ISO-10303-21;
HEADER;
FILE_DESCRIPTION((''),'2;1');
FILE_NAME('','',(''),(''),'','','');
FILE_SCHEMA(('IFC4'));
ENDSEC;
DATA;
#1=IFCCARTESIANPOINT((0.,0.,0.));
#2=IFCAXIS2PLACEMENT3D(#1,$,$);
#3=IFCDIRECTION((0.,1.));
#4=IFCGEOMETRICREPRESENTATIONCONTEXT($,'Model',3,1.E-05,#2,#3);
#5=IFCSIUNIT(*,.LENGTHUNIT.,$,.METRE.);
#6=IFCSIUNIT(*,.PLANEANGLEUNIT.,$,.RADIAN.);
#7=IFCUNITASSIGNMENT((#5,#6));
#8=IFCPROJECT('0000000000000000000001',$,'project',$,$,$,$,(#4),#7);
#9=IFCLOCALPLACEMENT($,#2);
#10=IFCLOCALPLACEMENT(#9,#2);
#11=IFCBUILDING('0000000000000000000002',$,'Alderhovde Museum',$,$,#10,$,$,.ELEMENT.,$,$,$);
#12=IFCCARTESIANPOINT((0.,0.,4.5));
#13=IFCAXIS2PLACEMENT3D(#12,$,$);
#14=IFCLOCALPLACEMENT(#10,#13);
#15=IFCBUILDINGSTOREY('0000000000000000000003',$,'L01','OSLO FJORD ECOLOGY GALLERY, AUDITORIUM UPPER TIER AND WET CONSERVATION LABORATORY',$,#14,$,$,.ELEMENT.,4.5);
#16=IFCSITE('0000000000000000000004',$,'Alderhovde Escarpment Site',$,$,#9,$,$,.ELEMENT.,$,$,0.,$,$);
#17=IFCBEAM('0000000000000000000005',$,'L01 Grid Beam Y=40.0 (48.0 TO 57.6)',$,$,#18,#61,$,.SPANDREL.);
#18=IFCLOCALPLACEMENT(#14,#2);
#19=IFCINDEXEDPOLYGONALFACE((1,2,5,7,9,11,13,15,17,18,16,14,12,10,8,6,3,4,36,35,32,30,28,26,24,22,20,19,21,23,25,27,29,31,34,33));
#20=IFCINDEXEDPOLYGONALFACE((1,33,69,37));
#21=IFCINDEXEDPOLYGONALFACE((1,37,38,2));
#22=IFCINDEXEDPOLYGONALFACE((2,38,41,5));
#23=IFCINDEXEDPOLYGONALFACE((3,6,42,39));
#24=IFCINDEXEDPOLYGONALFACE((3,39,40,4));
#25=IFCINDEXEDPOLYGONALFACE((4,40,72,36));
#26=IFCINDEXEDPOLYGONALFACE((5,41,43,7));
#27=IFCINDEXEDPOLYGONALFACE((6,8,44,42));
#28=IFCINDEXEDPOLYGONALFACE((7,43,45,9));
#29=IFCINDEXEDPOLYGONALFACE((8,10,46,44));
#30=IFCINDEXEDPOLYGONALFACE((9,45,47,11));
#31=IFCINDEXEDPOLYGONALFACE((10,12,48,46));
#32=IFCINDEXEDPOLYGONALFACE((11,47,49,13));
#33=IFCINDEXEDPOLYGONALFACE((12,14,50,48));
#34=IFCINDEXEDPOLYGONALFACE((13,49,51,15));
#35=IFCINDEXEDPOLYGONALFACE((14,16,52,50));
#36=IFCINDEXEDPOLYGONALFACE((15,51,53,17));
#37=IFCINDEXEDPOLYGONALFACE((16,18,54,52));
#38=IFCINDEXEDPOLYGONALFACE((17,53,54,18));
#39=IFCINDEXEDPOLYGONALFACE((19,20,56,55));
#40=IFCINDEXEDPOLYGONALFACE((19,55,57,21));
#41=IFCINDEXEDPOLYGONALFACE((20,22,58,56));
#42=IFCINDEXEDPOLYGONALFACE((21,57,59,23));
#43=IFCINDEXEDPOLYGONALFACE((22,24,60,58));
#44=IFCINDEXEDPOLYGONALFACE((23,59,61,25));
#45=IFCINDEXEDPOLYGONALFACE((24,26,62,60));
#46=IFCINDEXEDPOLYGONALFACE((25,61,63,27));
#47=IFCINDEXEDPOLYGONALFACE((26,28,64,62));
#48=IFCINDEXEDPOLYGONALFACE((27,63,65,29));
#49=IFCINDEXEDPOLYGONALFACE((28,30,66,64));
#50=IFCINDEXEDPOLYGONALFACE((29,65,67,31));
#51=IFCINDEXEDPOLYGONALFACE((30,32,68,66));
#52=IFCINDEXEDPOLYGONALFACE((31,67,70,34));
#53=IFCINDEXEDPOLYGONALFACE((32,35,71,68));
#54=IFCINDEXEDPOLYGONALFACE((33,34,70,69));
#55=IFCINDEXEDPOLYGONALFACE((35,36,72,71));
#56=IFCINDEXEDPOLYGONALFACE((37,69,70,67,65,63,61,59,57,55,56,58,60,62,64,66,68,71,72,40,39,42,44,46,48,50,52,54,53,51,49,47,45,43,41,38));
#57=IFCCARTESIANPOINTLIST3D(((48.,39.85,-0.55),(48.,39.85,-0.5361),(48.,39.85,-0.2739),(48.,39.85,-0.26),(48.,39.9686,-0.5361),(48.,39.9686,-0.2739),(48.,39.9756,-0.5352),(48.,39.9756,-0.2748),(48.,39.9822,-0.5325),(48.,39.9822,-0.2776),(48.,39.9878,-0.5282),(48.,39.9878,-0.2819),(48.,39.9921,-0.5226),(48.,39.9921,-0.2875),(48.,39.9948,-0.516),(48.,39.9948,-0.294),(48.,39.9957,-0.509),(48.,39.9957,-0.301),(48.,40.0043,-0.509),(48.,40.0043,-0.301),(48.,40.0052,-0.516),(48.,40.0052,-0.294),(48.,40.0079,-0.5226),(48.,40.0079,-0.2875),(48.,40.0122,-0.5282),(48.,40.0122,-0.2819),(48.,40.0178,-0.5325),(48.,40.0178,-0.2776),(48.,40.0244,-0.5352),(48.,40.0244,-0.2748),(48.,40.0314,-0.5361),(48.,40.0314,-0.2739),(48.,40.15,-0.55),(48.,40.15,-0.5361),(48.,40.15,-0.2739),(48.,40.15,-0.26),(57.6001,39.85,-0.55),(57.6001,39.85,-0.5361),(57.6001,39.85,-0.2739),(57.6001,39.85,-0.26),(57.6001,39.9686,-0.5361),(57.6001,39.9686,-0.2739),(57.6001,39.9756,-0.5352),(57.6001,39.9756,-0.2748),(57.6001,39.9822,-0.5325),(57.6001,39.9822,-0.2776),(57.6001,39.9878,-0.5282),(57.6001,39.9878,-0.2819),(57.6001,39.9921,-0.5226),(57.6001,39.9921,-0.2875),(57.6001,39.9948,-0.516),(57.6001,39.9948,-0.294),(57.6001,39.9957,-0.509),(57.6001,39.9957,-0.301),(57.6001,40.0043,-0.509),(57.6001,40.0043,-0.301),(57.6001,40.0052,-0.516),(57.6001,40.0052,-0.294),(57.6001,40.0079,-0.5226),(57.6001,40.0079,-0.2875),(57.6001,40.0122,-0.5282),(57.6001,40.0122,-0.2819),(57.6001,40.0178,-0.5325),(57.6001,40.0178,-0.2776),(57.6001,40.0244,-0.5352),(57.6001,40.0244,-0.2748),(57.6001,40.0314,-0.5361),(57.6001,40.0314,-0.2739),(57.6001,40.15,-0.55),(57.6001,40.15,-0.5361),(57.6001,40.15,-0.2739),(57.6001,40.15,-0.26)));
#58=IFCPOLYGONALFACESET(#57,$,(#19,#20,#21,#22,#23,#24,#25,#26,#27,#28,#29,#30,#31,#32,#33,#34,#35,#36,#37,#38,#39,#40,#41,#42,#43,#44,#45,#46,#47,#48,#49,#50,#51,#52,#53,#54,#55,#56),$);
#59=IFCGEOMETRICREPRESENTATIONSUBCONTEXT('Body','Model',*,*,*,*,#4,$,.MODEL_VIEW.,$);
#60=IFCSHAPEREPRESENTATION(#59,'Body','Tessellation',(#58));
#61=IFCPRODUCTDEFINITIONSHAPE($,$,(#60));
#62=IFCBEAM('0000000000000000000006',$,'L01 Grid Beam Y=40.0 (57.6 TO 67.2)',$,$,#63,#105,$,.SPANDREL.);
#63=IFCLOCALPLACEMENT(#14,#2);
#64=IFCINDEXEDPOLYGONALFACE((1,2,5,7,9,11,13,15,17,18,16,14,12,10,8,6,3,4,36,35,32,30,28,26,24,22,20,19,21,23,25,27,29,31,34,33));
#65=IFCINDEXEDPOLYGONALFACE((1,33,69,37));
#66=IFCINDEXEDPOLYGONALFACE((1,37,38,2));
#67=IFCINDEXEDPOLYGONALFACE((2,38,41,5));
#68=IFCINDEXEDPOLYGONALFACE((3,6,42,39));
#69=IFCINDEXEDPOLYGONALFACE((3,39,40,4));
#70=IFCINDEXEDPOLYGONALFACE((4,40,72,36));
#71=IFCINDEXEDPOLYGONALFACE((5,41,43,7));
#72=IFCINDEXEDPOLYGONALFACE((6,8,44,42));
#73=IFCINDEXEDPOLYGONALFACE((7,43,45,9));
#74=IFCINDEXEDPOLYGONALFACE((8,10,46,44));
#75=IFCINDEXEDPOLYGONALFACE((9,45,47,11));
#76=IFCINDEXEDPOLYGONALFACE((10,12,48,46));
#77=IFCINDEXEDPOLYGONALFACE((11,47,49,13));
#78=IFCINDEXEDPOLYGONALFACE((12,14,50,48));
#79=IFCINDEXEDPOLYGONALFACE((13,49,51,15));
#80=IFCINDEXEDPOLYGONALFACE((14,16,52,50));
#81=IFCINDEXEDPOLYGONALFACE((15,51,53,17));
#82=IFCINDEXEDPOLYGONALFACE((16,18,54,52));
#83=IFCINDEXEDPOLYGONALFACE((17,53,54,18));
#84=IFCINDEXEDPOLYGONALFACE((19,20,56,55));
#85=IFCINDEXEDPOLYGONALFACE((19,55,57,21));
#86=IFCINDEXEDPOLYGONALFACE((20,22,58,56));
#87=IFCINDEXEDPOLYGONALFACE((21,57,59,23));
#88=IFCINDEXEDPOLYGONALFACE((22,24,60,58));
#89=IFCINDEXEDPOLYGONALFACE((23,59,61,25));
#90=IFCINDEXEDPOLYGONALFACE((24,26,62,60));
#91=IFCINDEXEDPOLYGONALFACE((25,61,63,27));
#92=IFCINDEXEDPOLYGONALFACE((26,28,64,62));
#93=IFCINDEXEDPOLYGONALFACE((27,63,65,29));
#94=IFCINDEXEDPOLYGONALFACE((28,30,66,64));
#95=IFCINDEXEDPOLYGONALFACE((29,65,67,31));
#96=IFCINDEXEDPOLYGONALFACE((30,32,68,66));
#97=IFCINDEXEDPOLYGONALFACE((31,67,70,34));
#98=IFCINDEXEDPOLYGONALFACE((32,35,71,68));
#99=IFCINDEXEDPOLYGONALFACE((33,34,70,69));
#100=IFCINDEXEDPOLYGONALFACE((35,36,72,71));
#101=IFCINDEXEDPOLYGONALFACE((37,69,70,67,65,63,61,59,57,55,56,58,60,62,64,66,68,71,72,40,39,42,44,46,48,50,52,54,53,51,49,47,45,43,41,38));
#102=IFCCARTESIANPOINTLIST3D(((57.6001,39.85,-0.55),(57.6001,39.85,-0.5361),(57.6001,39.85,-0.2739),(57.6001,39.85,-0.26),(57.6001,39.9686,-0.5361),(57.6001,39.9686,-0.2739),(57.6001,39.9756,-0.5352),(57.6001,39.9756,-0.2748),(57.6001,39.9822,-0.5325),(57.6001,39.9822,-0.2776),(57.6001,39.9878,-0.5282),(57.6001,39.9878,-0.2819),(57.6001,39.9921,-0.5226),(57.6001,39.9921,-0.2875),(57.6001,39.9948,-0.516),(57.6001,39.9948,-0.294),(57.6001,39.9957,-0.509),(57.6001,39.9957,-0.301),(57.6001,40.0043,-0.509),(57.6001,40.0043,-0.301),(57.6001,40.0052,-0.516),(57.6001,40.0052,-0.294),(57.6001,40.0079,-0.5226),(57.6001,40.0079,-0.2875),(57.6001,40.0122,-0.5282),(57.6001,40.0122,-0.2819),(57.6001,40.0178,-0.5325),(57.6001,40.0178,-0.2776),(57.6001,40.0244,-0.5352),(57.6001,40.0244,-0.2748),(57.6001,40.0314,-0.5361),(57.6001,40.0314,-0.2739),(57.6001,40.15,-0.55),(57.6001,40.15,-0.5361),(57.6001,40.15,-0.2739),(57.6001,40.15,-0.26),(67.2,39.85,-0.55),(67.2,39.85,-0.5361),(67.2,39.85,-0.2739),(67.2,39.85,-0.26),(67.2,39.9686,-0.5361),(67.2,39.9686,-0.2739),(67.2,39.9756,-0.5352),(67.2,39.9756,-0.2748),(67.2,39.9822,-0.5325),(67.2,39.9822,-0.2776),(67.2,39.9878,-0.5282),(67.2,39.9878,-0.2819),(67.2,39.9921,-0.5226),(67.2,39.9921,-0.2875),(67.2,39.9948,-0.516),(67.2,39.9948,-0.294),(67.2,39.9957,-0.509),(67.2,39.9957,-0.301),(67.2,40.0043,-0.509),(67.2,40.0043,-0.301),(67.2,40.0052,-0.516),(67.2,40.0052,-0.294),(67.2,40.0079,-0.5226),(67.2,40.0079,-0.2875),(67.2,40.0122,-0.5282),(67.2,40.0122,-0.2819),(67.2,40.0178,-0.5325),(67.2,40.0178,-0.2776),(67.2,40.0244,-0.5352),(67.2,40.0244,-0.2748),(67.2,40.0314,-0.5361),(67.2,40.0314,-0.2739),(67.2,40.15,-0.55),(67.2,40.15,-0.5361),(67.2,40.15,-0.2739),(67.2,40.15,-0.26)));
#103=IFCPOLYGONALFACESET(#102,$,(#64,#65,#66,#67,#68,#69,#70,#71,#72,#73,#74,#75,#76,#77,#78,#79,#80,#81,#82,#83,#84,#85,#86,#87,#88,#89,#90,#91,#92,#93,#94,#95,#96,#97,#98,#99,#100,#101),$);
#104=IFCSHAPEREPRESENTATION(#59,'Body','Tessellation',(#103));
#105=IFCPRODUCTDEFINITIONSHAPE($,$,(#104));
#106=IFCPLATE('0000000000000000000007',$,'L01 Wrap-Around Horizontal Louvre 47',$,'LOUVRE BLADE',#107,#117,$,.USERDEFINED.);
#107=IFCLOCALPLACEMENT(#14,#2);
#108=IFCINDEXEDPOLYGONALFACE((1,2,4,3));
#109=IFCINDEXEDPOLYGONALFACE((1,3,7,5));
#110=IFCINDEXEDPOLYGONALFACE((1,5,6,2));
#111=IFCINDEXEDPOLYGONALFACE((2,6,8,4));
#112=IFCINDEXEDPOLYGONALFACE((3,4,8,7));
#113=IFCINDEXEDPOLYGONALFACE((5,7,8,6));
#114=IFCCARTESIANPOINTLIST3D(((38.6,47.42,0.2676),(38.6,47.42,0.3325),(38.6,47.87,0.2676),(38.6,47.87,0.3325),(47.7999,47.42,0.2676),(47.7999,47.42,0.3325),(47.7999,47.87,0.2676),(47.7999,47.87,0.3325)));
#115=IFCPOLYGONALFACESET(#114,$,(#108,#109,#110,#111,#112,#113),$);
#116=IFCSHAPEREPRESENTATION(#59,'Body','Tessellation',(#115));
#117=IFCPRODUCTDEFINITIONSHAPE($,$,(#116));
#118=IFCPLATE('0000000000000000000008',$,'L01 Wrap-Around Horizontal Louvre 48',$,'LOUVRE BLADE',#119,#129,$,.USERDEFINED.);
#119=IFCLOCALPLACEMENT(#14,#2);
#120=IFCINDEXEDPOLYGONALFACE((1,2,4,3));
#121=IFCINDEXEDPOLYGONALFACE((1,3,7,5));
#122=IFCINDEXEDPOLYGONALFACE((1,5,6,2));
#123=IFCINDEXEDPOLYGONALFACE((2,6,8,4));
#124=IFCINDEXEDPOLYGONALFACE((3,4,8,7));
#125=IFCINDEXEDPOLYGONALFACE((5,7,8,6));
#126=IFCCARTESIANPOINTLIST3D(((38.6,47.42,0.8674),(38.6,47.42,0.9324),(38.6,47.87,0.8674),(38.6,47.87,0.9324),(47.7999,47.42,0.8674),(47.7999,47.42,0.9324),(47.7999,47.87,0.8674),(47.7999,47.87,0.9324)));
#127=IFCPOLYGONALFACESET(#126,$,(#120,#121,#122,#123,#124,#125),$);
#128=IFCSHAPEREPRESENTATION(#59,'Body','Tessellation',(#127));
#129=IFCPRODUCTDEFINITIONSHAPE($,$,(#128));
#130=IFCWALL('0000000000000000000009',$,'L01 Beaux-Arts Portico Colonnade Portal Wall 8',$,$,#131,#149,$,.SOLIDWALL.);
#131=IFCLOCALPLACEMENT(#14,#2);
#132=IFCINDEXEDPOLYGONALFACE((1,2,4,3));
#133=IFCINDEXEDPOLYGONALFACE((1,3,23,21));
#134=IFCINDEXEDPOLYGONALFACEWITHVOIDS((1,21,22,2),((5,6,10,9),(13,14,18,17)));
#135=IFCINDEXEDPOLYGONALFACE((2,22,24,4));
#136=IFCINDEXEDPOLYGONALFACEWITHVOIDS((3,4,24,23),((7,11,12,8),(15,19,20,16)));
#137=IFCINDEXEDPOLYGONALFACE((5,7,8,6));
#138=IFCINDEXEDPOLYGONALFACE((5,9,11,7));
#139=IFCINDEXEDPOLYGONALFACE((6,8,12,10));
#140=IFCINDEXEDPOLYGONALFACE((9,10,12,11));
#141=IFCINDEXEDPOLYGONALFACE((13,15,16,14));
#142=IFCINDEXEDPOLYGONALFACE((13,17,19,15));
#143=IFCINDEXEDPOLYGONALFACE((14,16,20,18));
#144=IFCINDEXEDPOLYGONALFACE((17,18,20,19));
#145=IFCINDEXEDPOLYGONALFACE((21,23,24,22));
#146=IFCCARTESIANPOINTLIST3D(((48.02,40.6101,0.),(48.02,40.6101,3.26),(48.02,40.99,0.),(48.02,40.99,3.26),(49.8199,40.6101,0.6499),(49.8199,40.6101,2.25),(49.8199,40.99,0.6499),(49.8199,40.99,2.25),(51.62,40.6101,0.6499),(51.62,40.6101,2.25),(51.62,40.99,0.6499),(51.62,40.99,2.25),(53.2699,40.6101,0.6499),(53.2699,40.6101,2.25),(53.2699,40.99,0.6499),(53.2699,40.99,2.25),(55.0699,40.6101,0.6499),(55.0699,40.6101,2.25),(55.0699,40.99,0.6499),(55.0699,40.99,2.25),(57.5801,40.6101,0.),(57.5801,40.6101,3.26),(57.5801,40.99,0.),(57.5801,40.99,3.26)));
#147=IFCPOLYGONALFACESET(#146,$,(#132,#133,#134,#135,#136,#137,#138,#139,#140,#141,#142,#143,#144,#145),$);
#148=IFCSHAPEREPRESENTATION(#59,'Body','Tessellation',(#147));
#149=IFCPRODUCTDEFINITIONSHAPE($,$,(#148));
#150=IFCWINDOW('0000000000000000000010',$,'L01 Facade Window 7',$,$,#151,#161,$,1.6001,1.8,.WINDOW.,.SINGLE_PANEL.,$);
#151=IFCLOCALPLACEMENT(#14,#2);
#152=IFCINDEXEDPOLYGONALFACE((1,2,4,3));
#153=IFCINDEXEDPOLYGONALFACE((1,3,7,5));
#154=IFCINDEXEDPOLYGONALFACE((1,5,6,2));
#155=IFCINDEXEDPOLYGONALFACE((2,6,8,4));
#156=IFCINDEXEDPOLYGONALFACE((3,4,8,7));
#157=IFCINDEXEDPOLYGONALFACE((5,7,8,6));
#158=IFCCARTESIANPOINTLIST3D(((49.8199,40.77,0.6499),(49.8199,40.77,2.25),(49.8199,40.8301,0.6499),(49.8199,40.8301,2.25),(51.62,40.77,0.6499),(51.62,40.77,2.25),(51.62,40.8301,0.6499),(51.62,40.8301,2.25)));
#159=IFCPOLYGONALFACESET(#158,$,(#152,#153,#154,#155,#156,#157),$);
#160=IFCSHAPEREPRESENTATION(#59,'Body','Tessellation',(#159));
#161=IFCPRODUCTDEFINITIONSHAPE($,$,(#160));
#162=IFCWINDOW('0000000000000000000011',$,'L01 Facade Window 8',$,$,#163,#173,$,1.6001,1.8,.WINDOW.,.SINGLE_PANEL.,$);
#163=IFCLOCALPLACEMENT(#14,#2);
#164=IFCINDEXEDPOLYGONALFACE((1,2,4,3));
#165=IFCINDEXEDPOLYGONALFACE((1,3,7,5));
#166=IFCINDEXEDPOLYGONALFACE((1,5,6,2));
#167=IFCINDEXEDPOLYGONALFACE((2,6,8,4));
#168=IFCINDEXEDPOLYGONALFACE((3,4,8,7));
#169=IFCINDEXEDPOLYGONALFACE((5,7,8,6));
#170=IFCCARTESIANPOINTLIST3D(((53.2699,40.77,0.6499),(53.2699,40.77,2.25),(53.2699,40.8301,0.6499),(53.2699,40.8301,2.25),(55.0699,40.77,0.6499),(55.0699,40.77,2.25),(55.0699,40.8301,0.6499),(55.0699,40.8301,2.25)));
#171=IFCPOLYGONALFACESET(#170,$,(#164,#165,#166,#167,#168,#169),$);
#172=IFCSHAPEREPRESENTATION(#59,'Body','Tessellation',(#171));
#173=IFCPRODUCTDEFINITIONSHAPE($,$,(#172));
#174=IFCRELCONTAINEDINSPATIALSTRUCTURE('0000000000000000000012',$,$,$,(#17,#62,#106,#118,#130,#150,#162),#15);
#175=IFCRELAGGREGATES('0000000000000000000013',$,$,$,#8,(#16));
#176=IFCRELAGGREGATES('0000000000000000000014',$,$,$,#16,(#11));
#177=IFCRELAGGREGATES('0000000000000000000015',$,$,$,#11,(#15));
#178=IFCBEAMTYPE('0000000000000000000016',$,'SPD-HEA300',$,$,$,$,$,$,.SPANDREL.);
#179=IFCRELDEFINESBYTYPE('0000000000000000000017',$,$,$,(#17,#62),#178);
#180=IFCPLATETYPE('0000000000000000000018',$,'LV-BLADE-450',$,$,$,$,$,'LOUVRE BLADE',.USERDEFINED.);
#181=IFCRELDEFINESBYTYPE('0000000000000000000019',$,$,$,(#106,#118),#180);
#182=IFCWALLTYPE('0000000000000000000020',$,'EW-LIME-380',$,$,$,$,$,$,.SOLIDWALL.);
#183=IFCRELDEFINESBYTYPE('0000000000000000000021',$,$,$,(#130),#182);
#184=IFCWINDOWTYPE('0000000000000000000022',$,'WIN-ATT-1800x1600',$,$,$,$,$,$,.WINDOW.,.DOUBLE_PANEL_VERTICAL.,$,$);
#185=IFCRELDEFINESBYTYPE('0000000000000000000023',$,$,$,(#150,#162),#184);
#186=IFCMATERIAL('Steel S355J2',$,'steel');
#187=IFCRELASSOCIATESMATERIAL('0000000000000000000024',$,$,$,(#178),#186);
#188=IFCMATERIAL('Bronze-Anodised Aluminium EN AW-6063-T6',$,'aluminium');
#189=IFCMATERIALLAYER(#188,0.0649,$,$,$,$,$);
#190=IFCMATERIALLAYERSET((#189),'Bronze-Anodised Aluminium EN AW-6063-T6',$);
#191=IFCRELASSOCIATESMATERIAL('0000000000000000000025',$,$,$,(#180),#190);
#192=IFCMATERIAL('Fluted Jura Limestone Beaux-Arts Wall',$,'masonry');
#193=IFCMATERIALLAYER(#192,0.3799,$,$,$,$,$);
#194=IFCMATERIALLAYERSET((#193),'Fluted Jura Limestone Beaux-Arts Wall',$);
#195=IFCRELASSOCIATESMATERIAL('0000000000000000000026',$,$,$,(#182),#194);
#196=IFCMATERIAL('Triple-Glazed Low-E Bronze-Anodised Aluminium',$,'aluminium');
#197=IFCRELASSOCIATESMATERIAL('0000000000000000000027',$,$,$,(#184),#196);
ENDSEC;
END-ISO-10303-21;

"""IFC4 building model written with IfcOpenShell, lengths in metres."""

from ifc_helpers import new_model, si_unit, direction, frame, frame_2d, origin, origin_2d, place, context, subcontext, project, spatial, rectangle, i_section, extrude, material, layer, layer_set, material_profile, profile_set, type_object, element, fill, save


model = new_model("IFC4")

# Units and contexts
model_context = context("Model", 3, precision=1e-05, world=origin(), true_north=direction((0.0, 1.0)))
body_context = subcontext(model_context, "Body", "Model", "MODEL_VIEW")
ifc_project = project(units=[si_unit("LENGTHUNIT", "METRE"), si_unit("PLANEANGLEUNIT", "RADIAN")], contexts=[model_context])

# Site, building, storey
site_placement = place(None, origin())
site = spatial("IfcSite", under=ifc_project, at=site_placement, Name="Alderhovde Escarpment Site", CompositionType="ELEMENT", RefElevation=0.0)
building_placement = place(site_placement, origin())
building = spatial("IfcBuilding", under=site, at=building_placement, Name="Alderhovde Museum", CompositionType="ELEMENT")
storey_placement = place(building_placement, frame((0.0, 0.0, 4.5)))
storey = spatial("IfcBuildingStorey", under=building, at=storey_placement, Name="L01", Description="OSLO FJORD ECOLOGY GALLERY, AUDITORIUM UPPER TIER AND WET CONSERVATION LABORATORY", CompositionType="ELEMENT", Elevation=4.5)

# Beams
ifc_material_1 = material(Name="Steel S355J2", Category="steel")
ifc_material_profile_1 = material_profile(ifc_material_1, i_section(OverallWidth=0.3, OverallDepth=0.29, WebThickness=0.0085, FlangeThickness=0.0139, FilletRadius=0.0271, at=origin_2d()), Name="HEA 300")
ifc_profile_set_1 = profile_set([ifc_material_profile_1], Name="Steel S355J2")
beam_type_1 = type_object("IfcBeamType", Name="SPD-HEA300", PredefinedType="SPANDREL", material=ifc_profile_set_1)
beam_1_placement = place(storey_placement, frame((48.0, 40.0, -0.405), z_axis=(1.0, 0.0, 0.0), x_axis=(0.0, 1.0, 0.0)))
element("IfcBeam", 1, at=beam_1_placement, inside=storey, type_object=beam_type_1, Name="L01 Grid Beam Y=40.0 (48.0 TO 57.6)", PredefinedType="SPANDREL", context=body_context, shape_type="SweptSolid", body=[
    extrude(i_section(OverallWidth=0.3, OverallDepth=0.29, WebThickness=0.0085, FlangeThickness=0.0139, FilletRadius=0.0271, at=origin_2d()), origin(), (0.0, 0.0, 1.0), 9.6001),
])
beam_2_placement = place(storey_placement, frame((57.6001, 40.0, -0.405), z_axis=(1.0, 0.0, 0.0), x_axis=(0.0, 1.0, 0.0)))
element("IfcBeam", 2, at=beam_2_placement, inside=storey, type_object=beam_type_1, Name="L01 Grid Beam Y=40.0 (57.6 TO 67.2)", PredefinedType="SPANDREL", context=body_context, shape_type="SweptSolid", body=[
    extrude(i_section(OverallWidth=0.3, OverallDepth=0.29, WebThickness=0.0085, FlangeThickness=0.0139, FilletRadius=0.0271, at=origin_2d()), origin(), (0.0, 0.0, 1.0), 9.5999),
])

# Plates
ifc_material_2 = material(Name="Bronze-Anodised Aluminium EN AW-6063-T6", Category="aluminium")
ifc_layer_1 = layer(ifc_material_2, 0.0649)
ifc_layer_set_1 = layer_set([ifc_layer_1], Name="Bronze-Anodised Aluminium EN AW-6063-T6")
plate_type = type_object("IfcPlateType", Name="LV-BLADE-450", ElementType="LOUVRE BLADE", PredefinedType="USERDEFINED", material=ifc_layer_set_1)
for number, where, z_axis, x_axis, name in (
    (3, (43.2, 47.645, 0.2676), (0.0, 0.0, 1.0), (1.0, 0.0, 0.0), "L01 Wrap-Around Horizontal Louvre 47"),
    (4, (43.2, 47.645, 0.8674), (0.0, 0.0, 1.0), (1.0, 0.0, 0.0), "L01 Wrap-Around Horizontal Louvre 48"),
):
    element("IfcPlate", number, at=place(storey_placement, frame(where, z_axis=z_axis, x_axis=x_axis)), inside=storey, type_object=plate_type, Name=name, ObjectType="LOUVRE BLADE", PredefinedType="USERDEFINED", context=body_context, shape_type="SweptSolid", body=[
        extrude(rectangle(XDim=9.2, YDim=0.45, at=origin_2d()), origin(), (0.0, 0.0, 1.0), 0.0649),
    ])

# Wall, openings, windows
ifc_material_3 = material(Name="Fluted Jura Limestone Beaux-Arts Wall", Category="masonry")
ifc_layer_2 = layer(ifc_material_3, 0.3799)
ifc_layer_set_2 = layer_set([ifc_layer_2], Name="Fluted Jura Limestone Beaux-Arts Wall")
wall_type = type_object("IfcWallType", Name="EW-LIME-380", PredefinedType="SOLIDWALL", material=ifc_layer_set_2)
wall_1_placement = place(storey_placement, frame((48.02, 40.8, 0.0), z_axis=(0.0, 0.0, 1.0), x_axis=(1.0, 0.0, 0.0)))
wall_1 = element("IfcWall", 5, at=wall_1_placement, inside=storey, type_object=wall_type, Name="L01 Beaux-Arts Portico Colonnade Portal Wall 8", PredefinedType="SOLIDWALL", context=body_context, shape_type="SweptSolid", body=[
    extrude(rectangle(XDim=9.5601, YDim=0.3799, at=frame_2d((4.78, 0.0))), origin(), (0.0, 0.0, 1.0), 3.26),
])
opening_1_placement = place(wall_1_placement, frame((1.8, 0.0, 0.6499)))
opening_1 = element("IfcOpeningElement", 6, at=opening_1_placement, cuts=wall_1, PredefinedType="OPENING", context=body_context, shape_type="SweptSolid", body=[
    extrude(rectangle(XDim=1.8, YDim=1.6001, at=frame_2d((0.8999, 0.8))), frame((0.0, 0.2, 0.0), z_axis=(0.0, -1.0, 0.0), x_axis=(1.0, 0.0, 0.0)), (0.0, 0.0, 1.0), 0.3999),
])
opening_2_placement = place(wall_1_placement, frame((5.25, 0.0, 0.6499)))
opening_2 = element("IfcOpeningElement", 7, at=opening_2_placement, cuts=wall_1, PredefinedType="OPENING", context=body_context, shape_type="SweptSolid", body=[
    extrude(rectangle(XDim=1.8, YDim=1.6001, at=frame_2d((0.8999, 0.8))), frame((0.0, 0.2, 0.0), z_axis=(0.0, -1.0, 0.0), x_axis=(1.0, 0.0, 0.0)), (0.0, 0.0, 1.0), 0.3999),
])
ifc_material_4 = material(Name="Triple-Glazed Low-E Bronze-Anodised Aluminium", Category="aluminium")
window_type_1 = type_object("IfcWindowType", Name="WIN-ATT-1800x1600", PartitioningType="DOUBLE_PANEL_VERTICAL", PredefinedType="WINDOW", material=ifc_material_4)
window_1_placement = place(opening_1_placement, origin())
window_1 = element("IfcWindow", 8, at=window_1_placement, inside=storey, type_object=window_type_1, Name="L01 Facade Window 7", OverallHeight=1.6001, OverallWidth=1.8, PartitioningType="SINGLE_PANEL", PredefinedType="WINDOW", context=body_context, shape_type="SweptSolid", body=[
    extrude(rectangle(XDim=1.8, YDim=1.6001, at=frame_2d((0.8999, 0.8))), frame((0.0, 0.03, 0.0), z_axis=(0.0, -1.0, 0.0), x_axis=(1.0, 0.0, 0.0)), (0.0, 0.0, 1.0), 0.0601),
])
fill(opening_1, window_1)
window_2_placement = place(opening_2_placement, origin())
window_2 = element("IfcWindow", 9, at=window_2_placement, inside=storey, type_object=window_type_1, Name="L01 Facade Window 8", OverallHeight=1.6001, OverallWidth=1.8, PartitioningType="SINGLE_PANEL", PredefinedType="WINDOW", context=body_context, shape_type="SweptSolid", body=[
    extrude(rectangle(XDim=1.8, YDim=1.6001, at=frame_2d((0.8999, 0.8))), frame((0.0, 0.03, 0.0), z_axis=(0.0, -1.0, 0.0), x_axis=(1.0, 0.0, 0.0)), (0.0, 0.0, 1.0), 0.0601),
])
fill(opening_2, window_2)

save(model, "model.ifc")
